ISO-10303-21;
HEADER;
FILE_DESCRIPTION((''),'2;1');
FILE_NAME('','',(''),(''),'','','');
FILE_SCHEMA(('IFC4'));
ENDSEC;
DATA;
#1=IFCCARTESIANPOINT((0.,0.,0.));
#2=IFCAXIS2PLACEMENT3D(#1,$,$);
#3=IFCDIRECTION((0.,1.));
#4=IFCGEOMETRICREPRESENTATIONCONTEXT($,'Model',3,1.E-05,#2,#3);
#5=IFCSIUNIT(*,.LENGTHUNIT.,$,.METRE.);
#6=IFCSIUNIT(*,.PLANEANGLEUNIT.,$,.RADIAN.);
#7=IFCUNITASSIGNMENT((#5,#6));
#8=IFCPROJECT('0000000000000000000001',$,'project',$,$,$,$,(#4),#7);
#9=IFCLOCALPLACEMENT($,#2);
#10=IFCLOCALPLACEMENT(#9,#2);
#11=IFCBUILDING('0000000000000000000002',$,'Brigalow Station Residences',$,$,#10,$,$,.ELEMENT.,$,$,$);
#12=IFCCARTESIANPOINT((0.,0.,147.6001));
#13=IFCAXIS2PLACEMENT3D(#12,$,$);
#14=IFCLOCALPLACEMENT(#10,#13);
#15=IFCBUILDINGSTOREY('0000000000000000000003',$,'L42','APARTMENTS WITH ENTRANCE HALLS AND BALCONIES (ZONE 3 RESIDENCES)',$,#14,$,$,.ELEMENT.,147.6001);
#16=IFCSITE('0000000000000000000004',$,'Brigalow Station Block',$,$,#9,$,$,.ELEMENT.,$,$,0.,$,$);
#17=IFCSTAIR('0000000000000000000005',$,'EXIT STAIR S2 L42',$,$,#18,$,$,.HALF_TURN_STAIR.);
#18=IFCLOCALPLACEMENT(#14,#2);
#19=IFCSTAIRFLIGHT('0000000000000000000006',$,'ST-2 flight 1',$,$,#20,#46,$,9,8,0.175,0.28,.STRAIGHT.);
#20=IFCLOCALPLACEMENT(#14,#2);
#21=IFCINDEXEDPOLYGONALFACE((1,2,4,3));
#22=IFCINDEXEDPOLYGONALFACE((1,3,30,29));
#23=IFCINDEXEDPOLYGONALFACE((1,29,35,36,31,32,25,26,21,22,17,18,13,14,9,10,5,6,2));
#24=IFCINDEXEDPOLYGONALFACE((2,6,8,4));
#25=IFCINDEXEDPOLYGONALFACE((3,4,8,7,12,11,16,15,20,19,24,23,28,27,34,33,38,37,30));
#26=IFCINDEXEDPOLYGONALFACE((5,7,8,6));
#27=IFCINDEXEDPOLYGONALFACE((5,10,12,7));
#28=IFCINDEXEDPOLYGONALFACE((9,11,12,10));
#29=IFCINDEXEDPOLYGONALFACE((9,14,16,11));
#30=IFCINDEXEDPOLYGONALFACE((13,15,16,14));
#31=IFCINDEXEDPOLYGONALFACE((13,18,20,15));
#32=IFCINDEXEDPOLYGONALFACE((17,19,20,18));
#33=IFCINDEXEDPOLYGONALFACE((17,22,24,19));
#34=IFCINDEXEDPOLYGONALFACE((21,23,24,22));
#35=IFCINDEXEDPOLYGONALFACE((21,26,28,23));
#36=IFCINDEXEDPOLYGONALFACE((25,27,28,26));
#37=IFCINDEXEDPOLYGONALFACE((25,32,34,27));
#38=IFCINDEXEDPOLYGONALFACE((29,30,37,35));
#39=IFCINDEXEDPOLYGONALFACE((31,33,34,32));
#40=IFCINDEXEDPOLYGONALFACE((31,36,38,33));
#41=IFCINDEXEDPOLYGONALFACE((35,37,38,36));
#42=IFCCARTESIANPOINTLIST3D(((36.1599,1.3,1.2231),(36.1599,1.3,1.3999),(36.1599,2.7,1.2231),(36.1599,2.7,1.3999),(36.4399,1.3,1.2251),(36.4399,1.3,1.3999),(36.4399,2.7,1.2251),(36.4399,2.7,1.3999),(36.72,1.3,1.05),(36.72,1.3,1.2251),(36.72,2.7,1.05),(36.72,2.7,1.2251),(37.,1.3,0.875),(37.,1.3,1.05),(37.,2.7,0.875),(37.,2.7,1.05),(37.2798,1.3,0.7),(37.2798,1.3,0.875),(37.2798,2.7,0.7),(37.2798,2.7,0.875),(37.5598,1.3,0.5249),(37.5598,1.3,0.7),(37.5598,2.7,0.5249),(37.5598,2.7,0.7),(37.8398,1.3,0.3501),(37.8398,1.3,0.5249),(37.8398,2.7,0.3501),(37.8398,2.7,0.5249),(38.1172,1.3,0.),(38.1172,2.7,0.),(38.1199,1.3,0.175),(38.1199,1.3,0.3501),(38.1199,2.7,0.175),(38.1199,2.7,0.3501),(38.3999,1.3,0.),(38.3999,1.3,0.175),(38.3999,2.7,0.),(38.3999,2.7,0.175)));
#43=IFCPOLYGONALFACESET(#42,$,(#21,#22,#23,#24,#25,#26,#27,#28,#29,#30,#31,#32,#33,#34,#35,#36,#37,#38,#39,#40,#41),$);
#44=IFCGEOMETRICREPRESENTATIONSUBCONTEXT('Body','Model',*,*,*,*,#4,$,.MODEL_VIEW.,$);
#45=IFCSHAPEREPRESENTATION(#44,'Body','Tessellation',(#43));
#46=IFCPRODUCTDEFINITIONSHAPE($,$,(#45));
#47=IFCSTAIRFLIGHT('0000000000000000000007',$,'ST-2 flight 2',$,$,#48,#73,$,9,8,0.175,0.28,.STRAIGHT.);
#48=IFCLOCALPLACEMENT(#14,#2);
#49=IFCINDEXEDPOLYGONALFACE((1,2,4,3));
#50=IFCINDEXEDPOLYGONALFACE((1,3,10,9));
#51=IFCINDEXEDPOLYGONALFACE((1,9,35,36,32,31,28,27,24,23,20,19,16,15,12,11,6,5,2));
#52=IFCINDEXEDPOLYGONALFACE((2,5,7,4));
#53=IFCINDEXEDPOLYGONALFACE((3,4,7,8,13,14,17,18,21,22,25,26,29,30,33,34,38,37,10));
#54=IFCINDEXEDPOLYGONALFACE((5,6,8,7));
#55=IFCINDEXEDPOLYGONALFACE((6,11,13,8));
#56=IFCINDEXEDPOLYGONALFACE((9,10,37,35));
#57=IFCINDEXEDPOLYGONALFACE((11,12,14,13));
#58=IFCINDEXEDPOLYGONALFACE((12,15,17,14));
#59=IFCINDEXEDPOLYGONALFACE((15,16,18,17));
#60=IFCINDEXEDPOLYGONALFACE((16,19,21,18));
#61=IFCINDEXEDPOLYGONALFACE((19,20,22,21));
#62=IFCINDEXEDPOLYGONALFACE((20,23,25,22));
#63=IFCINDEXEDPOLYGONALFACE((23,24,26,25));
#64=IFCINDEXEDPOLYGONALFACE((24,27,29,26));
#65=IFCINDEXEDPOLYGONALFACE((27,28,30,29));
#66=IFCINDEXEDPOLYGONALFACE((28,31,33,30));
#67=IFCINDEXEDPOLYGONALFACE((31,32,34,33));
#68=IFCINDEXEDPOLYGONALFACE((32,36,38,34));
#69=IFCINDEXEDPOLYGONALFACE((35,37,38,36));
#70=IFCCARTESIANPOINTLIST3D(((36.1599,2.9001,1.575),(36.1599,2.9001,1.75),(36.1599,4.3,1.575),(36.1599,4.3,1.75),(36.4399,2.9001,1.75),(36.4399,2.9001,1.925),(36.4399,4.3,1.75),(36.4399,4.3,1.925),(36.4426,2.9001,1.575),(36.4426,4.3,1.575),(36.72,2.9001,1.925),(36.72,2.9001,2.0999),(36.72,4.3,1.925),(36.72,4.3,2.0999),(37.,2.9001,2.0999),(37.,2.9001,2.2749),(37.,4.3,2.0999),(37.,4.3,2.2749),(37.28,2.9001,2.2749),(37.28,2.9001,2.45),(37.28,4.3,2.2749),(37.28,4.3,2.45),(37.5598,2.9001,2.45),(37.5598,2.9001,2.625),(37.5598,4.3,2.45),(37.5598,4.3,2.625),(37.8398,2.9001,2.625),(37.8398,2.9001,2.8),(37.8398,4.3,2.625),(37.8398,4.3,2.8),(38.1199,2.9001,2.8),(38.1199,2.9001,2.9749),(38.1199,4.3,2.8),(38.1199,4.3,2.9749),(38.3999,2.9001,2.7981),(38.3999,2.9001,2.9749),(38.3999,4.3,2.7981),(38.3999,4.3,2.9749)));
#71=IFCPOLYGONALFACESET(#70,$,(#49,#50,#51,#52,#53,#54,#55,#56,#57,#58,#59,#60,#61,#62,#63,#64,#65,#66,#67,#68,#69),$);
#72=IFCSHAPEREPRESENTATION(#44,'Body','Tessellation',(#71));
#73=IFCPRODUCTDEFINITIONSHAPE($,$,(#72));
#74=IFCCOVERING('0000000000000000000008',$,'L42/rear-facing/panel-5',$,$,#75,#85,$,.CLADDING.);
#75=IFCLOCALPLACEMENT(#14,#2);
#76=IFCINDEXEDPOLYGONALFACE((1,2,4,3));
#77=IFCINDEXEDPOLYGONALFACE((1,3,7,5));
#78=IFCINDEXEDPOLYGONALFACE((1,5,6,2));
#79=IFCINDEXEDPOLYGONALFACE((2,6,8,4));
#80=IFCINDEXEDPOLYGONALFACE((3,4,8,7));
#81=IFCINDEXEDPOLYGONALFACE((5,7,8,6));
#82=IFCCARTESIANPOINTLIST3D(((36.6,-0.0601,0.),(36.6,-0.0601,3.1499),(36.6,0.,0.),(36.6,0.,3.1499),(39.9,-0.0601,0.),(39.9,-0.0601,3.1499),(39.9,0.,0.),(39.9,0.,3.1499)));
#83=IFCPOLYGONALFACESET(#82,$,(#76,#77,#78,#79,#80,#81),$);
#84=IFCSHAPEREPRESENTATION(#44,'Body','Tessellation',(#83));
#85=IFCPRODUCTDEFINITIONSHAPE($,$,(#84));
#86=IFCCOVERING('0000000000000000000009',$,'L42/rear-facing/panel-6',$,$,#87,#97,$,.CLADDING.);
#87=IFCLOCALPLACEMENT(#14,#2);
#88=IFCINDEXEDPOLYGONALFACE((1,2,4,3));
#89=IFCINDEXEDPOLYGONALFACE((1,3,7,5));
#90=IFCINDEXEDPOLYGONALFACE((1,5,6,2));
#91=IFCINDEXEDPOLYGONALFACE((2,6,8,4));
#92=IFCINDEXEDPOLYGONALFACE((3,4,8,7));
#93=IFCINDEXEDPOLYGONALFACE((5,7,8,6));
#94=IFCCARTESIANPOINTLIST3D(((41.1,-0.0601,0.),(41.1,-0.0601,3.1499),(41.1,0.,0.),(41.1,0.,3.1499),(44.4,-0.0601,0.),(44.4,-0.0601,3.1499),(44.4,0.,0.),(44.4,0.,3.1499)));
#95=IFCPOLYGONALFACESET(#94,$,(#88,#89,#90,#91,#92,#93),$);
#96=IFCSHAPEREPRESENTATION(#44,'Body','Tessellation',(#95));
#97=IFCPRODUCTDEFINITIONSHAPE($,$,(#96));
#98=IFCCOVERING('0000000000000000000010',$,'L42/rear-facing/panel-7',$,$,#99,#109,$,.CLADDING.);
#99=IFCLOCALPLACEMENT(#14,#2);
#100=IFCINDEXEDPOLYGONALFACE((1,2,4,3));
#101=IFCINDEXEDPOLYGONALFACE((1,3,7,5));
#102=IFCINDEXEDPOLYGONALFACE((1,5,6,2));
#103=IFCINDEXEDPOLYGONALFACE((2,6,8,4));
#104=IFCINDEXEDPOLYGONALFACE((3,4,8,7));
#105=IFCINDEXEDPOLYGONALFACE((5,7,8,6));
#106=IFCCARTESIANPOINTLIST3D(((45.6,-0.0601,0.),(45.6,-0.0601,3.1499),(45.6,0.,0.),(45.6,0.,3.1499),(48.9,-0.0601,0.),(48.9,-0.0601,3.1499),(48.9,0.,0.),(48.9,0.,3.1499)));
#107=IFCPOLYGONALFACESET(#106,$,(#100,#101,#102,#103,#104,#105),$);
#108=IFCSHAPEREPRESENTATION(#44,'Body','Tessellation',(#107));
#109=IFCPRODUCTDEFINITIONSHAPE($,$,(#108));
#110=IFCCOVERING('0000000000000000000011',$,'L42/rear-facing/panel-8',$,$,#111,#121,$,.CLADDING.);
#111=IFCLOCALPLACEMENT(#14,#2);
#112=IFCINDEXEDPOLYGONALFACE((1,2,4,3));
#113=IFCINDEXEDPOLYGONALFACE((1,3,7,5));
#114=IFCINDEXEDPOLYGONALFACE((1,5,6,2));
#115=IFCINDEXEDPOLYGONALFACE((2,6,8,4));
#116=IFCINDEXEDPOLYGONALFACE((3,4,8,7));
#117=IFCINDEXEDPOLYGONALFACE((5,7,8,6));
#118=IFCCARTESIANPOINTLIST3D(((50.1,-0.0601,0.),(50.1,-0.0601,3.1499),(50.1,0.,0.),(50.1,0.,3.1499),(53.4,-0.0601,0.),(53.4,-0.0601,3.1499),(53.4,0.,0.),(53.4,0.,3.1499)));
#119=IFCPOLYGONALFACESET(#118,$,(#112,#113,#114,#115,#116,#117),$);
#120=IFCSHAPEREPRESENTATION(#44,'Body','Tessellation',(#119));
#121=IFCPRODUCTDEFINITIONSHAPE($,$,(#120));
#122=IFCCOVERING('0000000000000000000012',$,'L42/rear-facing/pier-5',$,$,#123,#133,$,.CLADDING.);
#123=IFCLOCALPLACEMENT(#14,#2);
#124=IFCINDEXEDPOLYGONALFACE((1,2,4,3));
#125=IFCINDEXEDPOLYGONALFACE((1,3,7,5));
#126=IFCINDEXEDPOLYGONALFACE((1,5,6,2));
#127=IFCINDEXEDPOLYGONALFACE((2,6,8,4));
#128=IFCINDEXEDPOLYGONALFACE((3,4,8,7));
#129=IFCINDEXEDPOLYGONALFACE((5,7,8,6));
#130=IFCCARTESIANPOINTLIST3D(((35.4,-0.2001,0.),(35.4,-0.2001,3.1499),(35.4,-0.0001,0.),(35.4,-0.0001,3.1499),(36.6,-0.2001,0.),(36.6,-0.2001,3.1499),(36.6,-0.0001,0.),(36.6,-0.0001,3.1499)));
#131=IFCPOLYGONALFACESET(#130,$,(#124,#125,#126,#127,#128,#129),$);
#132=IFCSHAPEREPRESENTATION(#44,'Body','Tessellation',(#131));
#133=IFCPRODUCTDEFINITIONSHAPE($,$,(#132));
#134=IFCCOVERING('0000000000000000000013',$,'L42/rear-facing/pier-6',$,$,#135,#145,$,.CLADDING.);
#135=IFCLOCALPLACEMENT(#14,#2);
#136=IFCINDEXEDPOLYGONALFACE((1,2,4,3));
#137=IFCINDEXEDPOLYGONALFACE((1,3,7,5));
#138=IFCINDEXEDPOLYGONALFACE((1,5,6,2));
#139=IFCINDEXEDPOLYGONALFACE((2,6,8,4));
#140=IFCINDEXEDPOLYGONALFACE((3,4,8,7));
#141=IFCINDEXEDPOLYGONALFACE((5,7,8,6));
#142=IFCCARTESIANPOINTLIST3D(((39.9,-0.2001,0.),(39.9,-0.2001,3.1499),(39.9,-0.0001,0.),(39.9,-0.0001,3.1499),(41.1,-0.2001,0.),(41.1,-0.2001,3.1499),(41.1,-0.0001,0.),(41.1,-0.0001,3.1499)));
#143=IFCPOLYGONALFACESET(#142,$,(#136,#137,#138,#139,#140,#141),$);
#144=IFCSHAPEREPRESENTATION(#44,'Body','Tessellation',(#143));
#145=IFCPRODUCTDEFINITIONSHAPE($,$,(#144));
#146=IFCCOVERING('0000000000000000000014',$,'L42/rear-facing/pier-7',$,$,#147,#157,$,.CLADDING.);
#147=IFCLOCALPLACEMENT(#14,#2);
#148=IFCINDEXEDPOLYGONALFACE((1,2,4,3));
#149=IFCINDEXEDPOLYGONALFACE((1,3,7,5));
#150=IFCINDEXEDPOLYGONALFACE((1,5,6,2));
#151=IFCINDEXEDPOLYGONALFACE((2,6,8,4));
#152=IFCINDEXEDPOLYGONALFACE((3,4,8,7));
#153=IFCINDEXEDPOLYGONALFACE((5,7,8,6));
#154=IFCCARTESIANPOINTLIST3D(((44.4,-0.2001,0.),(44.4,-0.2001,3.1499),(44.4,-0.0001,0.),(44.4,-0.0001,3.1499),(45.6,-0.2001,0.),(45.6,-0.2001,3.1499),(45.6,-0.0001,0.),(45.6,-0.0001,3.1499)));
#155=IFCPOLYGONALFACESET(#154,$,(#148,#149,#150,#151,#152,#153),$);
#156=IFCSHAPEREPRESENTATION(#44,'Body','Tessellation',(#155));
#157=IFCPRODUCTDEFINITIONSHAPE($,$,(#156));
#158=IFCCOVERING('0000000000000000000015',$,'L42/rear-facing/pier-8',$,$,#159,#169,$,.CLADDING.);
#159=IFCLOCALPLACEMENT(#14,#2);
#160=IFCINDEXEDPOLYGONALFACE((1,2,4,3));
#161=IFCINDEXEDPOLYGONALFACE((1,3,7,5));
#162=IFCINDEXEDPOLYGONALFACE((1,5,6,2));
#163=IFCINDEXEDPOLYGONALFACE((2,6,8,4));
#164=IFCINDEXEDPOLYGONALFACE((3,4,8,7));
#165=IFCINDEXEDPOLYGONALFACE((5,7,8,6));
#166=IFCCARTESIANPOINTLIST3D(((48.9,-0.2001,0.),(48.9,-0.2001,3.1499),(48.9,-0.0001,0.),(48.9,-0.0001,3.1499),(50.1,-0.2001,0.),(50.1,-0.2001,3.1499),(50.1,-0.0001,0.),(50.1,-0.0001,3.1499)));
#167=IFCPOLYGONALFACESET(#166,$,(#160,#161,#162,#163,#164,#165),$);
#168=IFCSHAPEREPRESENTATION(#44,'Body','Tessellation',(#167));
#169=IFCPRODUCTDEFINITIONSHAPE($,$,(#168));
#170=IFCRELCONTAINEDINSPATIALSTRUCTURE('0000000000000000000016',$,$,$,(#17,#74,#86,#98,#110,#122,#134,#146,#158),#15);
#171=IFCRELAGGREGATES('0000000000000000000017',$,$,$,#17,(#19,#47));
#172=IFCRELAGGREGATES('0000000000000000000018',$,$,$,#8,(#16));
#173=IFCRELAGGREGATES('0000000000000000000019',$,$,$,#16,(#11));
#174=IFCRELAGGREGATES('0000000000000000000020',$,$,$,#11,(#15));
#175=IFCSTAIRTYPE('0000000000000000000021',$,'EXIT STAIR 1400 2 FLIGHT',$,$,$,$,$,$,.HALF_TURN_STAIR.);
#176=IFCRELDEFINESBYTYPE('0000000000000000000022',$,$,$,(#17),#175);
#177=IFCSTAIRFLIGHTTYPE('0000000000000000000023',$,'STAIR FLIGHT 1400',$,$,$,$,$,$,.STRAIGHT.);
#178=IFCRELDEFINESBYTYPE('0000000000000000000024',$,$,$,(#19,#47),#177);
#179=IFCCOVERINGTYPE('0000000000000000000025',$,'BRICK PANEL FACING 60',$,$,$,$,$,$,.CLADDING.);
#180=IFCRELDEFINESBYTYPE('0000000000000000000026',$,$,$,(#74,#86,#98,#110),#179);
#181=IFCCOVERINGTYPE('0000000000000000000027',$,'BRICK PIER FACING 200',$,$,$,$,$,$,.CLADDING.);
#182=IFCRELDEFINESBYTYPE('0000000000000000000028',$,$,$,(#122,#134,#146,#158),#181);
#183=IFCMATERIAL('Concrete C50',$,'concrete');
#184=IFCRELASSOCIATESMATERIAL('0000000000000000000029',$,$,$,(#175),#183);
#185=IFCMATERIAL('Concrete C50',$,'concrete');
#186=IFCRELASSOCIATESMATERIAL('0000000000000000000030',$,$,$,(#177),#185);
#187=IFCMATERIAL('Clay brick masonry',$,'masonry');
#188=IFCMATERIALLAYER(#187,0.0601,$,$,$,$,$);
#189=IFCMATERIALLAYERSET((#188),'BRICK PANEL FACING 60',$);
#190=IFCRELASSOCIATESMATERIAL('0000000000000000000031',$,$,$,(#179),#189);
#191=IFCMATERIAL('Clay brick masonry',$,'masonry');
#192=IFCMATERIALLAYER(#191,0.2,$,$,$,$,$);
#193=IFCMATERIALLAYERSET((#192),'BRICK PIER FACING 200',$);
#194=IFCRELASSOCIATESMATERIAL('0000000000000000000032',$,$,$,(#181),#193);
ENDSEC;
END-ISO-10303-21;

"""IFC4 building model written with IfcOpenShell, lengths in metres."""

from ifc_helpers import new_model, si_unit, direction, frame, origin, origin_2d, place, context, subcontext, project, spatial, polyline, rectangle, outline, extrude, material, layer, layer_set, type_object, element, aggregate, save


model = new_model("IFC4")

# Units and contexts
model_context = context("Model", 3, precision=1e-05, world=origin(), true_north=direction((0.0, 1.0)))
body_context = subcontext(model_context, "Body", "Model", "MODEL_VIEW")
ifc_project = project(units=[si_unit("LENGTHUNIT", "METRE"), si_unit("PLANEANGLEUNIT", "RADIAN")], contexts=[model_context])

# Site, building, storey
site_placement = place(None, origin())
site = spatial("IfcSite", under=ifc_project, at=site_placement, Name="Brigalow Station Block", CompositionType="ELEMENT", RefElevation=0.0)
building_placement = place(site_placement, origin())
building = spatial("IfcBuilding", under=site, at=building_placement, Name="Brigalow Station Residences", CompositionType="ELEMENT")
storey_placement = place(building_placement, frame((0.0, 0.0, 147.6001)))
storey = spatial("IfcBuildingStorey", under=building, at=storey_placement, Name="L42", Description="APARTMENTS WITH ENTRANCE HALLS AND BALCONIES (ZONE 3 RESIDENCES)", CompositionType="ELEMENT", Elevation=147.6001)

# Stair, stair flights
ifc_material_1 = material(Name="Concrete C50", Category="concrete")
stair_type = type_object("IfcStairType", Name="EXIT STAIR 1400 2 FLIGHT", PredefinedType="HALF_TURN_STAIR", material=ifc_material_1)
stair_placement = place(storey_placement, origin())
stair = element("IfcStair", 1, at=stair_placement, inside=storey, type_object=stair_type, Name="EXIT STAIR S2 L42", PredefinedType="HALF_TURN_STAIR")
ifc_material_2 = material(Name="Concrete C50", Category="concrete")
stair_flight_type = type_object("IfcStairFlightType", Name="STAIR FLIGHT 1400", PredefinedType="STRAIGHT", material=ifc_material_2)
stair_flight_1_placement = place(storey_placement, frame((38.3999, 2.0, 0.0), z_axis=(0.0, 0.0, 1.0), x_axis=(-1.0, 0.0, 0.0)))
stair_flight_1 = element("IfcStairFlight", 2, at=stair_flight_1_placement, type_object=stair_flight_type, Name="ST-2 flight 1", NumberOfRisers=9, NumberOfTreads=8, PredefinedType="STRAIGHT", RiserHeight=0.175, TreadLength=0.28, context=body_context, shape_type="SweptSolid", body=[
    extrude(outline(polyline([(0.0, 0.0), (0.0, 0.175), (0.28, 0.175), (0.28, 0.3501), (0.5601, 0.3501), (0.5601, 0.5249), (0.8401, 0.5249), (0.8401, 0.7), (1.1201, 0.7), (1.1201, 0.875), (1.3999, 0.875), (1.3999, 1.05), (1.6799, 1.05), (1.6799, 1.2251), (1.96, 1.2251), (1.96, 1.3999), (2.24, 1.3999), (2.24, 1.575), (2.24, 1.2231), (0.2827, 0.0), (0.0, 0.0)])), frame((0.0, 0.7, 0.0), z_axis=(0.0, -1.0, 0.0), x_axis=(1.0, 0.0, 0.0)), (0.0, 0.0, 1.0), 1.3999),
])
stair_flight_2_placement = place(storey_placement, frame((36.1599, 3.6001, 1.575), z_axis=(0.0, 0.0, 1.0), x_axis=(1.0, 0.0, 0.0)))
stair_flight_2 = element("IfcStairFlight", 3, at=stair_flight_2_placement, type_object=stair_flight_type, Name="ST-2 flight 2", NumberOfRisers=9, NumberOfTreads=8, PredefinedType="STRAIGHT", RiserHeight=0.175, TreadLength=0.28, context=body_context, shape_type="SweptSolid", body=[
    extrude(outline(polyline([(0.0, 0.0), (0.0, 0.175), (0.28, 0.175), (0.28, 0.3501), (0.5601, 0.3501), (0.5601, 0.5249), (0.8401, 0.5249), (0.8401, 0.7), (1.1201, 0.7), (1.1201, 0.875), (1.3999, 0.875), (1.3999, 1.05), (1.6799, 1.05), (1.6799, 1.2251), (1.96, 1.2251), (1.96, 1.3999), (2.24, 1.3999), (2.24, 1.575), (2.24, 1.2231), (0.2827, 0.0), (0.0, 0.0)])), frame((0.0, 0.7, 0.0), z_axis=(0.0, -1.0, 0.0), x_axis=(1.0, 0.0, 0.0)), (0.0, 0.0, 1.0), 1.3999),
])
aggregate(stair, [stair_flight_1, stair_flight_2])

# Coverings
ifc_material_3 = material(Name="Clay brick masonry", Category="masonry")
ifc_layer_1 = layer(ifc_material_3, 0.0601)
ifc_layer_set_1 = layer_set([ifc_layer_1], Name="BRICK PANEL FACING 60")
covering_type_1 = type_object("IfcCoveringType", Name="BRICK PANEL FACING 60", PredefinedType="CLADDING", material=ifc_layer_set_1)
for number, where, z_axis, x_axis, name in (
    (4, (38.25, -0.03, 0.0), (0.0, 0.0, 1.0), (1.0, 0.0, 0.0), "L42/rear-facing/panel-5"),
    (5, (42.75, -0.03, 0.0), (0.0, 0.0, 1.0), (1.0, 0.0, 0.0), "L42/rear-facing/panel-6"),
    (6, (47.25, -0.03, 0.0), (0.0, 0.0, 1.0), (1.0, 0.0, 0.0), "L42/rear-facing/panel-7"),
    (7, (51.75, -0.03, 0.0), (0.0, 0.0, 1.0), (1.0, 0.0, 0.0), "L42/rear-facing/panel-8"),
):
    element("IfcCovering", number, at=place(storey_placement, frame(where, z_axis=z_axis, x_axis=x_axis)), inside=storey, type_object=covering_type_1, Name=name, PredefinedType="CLADDING", context=body_context, shape_type="SweptSolid", body=[
        extrude(rectangle(XDim=3.3, YDim=0.0601, at=origin_2d()), origin(), (0.0, 0.0, 1.0), 3.1499),
    ])
ifc_material_4 = material(Name="Clay brick masonry", Category="masonry")
ifc_layer_2 = layer(ifc_material_4, 0.2)
ifc_layer_set_2 = layer_set([ifc_layer_2], Name="BRICK PIER FACING 200")
covering_type_2 = type_object("IfcCoveringType", Name="BRICK PIER FACING 200", PredefinedType="CLADDING", material=ifc_layer_set_2)
for number, where, z_axis, x_axis, name in (
    (8, (36.0, -0.1001, 0.0), (0.0, 0.0, 1.0), (1.0, 0.0, 0.0), "L42/rear-facing/pier-5"),
    (9, (40.5, -0.1001, 0.0), (0.0, 0.0, 1.0), (1.0, 0.0, 0.0), "L42/rear-facing/pier-6"),
    (10, (45.0, -0.1001, 0.0), (0.0, 0.0, 1.0), (1.0, 0.0, 0.0), "L42/rear-facing/pier-7"),
    (11, (49.5, -0.1001, 0.0), (0.0, 0.0, 1.0), (1.0, 0.0, 0.0), "L42/rear-facing/pier-8"),
):
    element("IfcCovering", number, at=place(storey_placement, frame(where, z_axis=z_axis, x_axis=x_axis)), inside=storey, type_object=covering_type_2, Name=name, PredefinedType="CLADDING", context=body_context, shape_type="SweptSolid", body=[
        extrude(rectangle(XDim=1.2, YDim=0.2, at=origin_2d()), origin(), (0.0, 0.0, 1.0), 3.1499),
    ])

save(model, "model.ifc")
